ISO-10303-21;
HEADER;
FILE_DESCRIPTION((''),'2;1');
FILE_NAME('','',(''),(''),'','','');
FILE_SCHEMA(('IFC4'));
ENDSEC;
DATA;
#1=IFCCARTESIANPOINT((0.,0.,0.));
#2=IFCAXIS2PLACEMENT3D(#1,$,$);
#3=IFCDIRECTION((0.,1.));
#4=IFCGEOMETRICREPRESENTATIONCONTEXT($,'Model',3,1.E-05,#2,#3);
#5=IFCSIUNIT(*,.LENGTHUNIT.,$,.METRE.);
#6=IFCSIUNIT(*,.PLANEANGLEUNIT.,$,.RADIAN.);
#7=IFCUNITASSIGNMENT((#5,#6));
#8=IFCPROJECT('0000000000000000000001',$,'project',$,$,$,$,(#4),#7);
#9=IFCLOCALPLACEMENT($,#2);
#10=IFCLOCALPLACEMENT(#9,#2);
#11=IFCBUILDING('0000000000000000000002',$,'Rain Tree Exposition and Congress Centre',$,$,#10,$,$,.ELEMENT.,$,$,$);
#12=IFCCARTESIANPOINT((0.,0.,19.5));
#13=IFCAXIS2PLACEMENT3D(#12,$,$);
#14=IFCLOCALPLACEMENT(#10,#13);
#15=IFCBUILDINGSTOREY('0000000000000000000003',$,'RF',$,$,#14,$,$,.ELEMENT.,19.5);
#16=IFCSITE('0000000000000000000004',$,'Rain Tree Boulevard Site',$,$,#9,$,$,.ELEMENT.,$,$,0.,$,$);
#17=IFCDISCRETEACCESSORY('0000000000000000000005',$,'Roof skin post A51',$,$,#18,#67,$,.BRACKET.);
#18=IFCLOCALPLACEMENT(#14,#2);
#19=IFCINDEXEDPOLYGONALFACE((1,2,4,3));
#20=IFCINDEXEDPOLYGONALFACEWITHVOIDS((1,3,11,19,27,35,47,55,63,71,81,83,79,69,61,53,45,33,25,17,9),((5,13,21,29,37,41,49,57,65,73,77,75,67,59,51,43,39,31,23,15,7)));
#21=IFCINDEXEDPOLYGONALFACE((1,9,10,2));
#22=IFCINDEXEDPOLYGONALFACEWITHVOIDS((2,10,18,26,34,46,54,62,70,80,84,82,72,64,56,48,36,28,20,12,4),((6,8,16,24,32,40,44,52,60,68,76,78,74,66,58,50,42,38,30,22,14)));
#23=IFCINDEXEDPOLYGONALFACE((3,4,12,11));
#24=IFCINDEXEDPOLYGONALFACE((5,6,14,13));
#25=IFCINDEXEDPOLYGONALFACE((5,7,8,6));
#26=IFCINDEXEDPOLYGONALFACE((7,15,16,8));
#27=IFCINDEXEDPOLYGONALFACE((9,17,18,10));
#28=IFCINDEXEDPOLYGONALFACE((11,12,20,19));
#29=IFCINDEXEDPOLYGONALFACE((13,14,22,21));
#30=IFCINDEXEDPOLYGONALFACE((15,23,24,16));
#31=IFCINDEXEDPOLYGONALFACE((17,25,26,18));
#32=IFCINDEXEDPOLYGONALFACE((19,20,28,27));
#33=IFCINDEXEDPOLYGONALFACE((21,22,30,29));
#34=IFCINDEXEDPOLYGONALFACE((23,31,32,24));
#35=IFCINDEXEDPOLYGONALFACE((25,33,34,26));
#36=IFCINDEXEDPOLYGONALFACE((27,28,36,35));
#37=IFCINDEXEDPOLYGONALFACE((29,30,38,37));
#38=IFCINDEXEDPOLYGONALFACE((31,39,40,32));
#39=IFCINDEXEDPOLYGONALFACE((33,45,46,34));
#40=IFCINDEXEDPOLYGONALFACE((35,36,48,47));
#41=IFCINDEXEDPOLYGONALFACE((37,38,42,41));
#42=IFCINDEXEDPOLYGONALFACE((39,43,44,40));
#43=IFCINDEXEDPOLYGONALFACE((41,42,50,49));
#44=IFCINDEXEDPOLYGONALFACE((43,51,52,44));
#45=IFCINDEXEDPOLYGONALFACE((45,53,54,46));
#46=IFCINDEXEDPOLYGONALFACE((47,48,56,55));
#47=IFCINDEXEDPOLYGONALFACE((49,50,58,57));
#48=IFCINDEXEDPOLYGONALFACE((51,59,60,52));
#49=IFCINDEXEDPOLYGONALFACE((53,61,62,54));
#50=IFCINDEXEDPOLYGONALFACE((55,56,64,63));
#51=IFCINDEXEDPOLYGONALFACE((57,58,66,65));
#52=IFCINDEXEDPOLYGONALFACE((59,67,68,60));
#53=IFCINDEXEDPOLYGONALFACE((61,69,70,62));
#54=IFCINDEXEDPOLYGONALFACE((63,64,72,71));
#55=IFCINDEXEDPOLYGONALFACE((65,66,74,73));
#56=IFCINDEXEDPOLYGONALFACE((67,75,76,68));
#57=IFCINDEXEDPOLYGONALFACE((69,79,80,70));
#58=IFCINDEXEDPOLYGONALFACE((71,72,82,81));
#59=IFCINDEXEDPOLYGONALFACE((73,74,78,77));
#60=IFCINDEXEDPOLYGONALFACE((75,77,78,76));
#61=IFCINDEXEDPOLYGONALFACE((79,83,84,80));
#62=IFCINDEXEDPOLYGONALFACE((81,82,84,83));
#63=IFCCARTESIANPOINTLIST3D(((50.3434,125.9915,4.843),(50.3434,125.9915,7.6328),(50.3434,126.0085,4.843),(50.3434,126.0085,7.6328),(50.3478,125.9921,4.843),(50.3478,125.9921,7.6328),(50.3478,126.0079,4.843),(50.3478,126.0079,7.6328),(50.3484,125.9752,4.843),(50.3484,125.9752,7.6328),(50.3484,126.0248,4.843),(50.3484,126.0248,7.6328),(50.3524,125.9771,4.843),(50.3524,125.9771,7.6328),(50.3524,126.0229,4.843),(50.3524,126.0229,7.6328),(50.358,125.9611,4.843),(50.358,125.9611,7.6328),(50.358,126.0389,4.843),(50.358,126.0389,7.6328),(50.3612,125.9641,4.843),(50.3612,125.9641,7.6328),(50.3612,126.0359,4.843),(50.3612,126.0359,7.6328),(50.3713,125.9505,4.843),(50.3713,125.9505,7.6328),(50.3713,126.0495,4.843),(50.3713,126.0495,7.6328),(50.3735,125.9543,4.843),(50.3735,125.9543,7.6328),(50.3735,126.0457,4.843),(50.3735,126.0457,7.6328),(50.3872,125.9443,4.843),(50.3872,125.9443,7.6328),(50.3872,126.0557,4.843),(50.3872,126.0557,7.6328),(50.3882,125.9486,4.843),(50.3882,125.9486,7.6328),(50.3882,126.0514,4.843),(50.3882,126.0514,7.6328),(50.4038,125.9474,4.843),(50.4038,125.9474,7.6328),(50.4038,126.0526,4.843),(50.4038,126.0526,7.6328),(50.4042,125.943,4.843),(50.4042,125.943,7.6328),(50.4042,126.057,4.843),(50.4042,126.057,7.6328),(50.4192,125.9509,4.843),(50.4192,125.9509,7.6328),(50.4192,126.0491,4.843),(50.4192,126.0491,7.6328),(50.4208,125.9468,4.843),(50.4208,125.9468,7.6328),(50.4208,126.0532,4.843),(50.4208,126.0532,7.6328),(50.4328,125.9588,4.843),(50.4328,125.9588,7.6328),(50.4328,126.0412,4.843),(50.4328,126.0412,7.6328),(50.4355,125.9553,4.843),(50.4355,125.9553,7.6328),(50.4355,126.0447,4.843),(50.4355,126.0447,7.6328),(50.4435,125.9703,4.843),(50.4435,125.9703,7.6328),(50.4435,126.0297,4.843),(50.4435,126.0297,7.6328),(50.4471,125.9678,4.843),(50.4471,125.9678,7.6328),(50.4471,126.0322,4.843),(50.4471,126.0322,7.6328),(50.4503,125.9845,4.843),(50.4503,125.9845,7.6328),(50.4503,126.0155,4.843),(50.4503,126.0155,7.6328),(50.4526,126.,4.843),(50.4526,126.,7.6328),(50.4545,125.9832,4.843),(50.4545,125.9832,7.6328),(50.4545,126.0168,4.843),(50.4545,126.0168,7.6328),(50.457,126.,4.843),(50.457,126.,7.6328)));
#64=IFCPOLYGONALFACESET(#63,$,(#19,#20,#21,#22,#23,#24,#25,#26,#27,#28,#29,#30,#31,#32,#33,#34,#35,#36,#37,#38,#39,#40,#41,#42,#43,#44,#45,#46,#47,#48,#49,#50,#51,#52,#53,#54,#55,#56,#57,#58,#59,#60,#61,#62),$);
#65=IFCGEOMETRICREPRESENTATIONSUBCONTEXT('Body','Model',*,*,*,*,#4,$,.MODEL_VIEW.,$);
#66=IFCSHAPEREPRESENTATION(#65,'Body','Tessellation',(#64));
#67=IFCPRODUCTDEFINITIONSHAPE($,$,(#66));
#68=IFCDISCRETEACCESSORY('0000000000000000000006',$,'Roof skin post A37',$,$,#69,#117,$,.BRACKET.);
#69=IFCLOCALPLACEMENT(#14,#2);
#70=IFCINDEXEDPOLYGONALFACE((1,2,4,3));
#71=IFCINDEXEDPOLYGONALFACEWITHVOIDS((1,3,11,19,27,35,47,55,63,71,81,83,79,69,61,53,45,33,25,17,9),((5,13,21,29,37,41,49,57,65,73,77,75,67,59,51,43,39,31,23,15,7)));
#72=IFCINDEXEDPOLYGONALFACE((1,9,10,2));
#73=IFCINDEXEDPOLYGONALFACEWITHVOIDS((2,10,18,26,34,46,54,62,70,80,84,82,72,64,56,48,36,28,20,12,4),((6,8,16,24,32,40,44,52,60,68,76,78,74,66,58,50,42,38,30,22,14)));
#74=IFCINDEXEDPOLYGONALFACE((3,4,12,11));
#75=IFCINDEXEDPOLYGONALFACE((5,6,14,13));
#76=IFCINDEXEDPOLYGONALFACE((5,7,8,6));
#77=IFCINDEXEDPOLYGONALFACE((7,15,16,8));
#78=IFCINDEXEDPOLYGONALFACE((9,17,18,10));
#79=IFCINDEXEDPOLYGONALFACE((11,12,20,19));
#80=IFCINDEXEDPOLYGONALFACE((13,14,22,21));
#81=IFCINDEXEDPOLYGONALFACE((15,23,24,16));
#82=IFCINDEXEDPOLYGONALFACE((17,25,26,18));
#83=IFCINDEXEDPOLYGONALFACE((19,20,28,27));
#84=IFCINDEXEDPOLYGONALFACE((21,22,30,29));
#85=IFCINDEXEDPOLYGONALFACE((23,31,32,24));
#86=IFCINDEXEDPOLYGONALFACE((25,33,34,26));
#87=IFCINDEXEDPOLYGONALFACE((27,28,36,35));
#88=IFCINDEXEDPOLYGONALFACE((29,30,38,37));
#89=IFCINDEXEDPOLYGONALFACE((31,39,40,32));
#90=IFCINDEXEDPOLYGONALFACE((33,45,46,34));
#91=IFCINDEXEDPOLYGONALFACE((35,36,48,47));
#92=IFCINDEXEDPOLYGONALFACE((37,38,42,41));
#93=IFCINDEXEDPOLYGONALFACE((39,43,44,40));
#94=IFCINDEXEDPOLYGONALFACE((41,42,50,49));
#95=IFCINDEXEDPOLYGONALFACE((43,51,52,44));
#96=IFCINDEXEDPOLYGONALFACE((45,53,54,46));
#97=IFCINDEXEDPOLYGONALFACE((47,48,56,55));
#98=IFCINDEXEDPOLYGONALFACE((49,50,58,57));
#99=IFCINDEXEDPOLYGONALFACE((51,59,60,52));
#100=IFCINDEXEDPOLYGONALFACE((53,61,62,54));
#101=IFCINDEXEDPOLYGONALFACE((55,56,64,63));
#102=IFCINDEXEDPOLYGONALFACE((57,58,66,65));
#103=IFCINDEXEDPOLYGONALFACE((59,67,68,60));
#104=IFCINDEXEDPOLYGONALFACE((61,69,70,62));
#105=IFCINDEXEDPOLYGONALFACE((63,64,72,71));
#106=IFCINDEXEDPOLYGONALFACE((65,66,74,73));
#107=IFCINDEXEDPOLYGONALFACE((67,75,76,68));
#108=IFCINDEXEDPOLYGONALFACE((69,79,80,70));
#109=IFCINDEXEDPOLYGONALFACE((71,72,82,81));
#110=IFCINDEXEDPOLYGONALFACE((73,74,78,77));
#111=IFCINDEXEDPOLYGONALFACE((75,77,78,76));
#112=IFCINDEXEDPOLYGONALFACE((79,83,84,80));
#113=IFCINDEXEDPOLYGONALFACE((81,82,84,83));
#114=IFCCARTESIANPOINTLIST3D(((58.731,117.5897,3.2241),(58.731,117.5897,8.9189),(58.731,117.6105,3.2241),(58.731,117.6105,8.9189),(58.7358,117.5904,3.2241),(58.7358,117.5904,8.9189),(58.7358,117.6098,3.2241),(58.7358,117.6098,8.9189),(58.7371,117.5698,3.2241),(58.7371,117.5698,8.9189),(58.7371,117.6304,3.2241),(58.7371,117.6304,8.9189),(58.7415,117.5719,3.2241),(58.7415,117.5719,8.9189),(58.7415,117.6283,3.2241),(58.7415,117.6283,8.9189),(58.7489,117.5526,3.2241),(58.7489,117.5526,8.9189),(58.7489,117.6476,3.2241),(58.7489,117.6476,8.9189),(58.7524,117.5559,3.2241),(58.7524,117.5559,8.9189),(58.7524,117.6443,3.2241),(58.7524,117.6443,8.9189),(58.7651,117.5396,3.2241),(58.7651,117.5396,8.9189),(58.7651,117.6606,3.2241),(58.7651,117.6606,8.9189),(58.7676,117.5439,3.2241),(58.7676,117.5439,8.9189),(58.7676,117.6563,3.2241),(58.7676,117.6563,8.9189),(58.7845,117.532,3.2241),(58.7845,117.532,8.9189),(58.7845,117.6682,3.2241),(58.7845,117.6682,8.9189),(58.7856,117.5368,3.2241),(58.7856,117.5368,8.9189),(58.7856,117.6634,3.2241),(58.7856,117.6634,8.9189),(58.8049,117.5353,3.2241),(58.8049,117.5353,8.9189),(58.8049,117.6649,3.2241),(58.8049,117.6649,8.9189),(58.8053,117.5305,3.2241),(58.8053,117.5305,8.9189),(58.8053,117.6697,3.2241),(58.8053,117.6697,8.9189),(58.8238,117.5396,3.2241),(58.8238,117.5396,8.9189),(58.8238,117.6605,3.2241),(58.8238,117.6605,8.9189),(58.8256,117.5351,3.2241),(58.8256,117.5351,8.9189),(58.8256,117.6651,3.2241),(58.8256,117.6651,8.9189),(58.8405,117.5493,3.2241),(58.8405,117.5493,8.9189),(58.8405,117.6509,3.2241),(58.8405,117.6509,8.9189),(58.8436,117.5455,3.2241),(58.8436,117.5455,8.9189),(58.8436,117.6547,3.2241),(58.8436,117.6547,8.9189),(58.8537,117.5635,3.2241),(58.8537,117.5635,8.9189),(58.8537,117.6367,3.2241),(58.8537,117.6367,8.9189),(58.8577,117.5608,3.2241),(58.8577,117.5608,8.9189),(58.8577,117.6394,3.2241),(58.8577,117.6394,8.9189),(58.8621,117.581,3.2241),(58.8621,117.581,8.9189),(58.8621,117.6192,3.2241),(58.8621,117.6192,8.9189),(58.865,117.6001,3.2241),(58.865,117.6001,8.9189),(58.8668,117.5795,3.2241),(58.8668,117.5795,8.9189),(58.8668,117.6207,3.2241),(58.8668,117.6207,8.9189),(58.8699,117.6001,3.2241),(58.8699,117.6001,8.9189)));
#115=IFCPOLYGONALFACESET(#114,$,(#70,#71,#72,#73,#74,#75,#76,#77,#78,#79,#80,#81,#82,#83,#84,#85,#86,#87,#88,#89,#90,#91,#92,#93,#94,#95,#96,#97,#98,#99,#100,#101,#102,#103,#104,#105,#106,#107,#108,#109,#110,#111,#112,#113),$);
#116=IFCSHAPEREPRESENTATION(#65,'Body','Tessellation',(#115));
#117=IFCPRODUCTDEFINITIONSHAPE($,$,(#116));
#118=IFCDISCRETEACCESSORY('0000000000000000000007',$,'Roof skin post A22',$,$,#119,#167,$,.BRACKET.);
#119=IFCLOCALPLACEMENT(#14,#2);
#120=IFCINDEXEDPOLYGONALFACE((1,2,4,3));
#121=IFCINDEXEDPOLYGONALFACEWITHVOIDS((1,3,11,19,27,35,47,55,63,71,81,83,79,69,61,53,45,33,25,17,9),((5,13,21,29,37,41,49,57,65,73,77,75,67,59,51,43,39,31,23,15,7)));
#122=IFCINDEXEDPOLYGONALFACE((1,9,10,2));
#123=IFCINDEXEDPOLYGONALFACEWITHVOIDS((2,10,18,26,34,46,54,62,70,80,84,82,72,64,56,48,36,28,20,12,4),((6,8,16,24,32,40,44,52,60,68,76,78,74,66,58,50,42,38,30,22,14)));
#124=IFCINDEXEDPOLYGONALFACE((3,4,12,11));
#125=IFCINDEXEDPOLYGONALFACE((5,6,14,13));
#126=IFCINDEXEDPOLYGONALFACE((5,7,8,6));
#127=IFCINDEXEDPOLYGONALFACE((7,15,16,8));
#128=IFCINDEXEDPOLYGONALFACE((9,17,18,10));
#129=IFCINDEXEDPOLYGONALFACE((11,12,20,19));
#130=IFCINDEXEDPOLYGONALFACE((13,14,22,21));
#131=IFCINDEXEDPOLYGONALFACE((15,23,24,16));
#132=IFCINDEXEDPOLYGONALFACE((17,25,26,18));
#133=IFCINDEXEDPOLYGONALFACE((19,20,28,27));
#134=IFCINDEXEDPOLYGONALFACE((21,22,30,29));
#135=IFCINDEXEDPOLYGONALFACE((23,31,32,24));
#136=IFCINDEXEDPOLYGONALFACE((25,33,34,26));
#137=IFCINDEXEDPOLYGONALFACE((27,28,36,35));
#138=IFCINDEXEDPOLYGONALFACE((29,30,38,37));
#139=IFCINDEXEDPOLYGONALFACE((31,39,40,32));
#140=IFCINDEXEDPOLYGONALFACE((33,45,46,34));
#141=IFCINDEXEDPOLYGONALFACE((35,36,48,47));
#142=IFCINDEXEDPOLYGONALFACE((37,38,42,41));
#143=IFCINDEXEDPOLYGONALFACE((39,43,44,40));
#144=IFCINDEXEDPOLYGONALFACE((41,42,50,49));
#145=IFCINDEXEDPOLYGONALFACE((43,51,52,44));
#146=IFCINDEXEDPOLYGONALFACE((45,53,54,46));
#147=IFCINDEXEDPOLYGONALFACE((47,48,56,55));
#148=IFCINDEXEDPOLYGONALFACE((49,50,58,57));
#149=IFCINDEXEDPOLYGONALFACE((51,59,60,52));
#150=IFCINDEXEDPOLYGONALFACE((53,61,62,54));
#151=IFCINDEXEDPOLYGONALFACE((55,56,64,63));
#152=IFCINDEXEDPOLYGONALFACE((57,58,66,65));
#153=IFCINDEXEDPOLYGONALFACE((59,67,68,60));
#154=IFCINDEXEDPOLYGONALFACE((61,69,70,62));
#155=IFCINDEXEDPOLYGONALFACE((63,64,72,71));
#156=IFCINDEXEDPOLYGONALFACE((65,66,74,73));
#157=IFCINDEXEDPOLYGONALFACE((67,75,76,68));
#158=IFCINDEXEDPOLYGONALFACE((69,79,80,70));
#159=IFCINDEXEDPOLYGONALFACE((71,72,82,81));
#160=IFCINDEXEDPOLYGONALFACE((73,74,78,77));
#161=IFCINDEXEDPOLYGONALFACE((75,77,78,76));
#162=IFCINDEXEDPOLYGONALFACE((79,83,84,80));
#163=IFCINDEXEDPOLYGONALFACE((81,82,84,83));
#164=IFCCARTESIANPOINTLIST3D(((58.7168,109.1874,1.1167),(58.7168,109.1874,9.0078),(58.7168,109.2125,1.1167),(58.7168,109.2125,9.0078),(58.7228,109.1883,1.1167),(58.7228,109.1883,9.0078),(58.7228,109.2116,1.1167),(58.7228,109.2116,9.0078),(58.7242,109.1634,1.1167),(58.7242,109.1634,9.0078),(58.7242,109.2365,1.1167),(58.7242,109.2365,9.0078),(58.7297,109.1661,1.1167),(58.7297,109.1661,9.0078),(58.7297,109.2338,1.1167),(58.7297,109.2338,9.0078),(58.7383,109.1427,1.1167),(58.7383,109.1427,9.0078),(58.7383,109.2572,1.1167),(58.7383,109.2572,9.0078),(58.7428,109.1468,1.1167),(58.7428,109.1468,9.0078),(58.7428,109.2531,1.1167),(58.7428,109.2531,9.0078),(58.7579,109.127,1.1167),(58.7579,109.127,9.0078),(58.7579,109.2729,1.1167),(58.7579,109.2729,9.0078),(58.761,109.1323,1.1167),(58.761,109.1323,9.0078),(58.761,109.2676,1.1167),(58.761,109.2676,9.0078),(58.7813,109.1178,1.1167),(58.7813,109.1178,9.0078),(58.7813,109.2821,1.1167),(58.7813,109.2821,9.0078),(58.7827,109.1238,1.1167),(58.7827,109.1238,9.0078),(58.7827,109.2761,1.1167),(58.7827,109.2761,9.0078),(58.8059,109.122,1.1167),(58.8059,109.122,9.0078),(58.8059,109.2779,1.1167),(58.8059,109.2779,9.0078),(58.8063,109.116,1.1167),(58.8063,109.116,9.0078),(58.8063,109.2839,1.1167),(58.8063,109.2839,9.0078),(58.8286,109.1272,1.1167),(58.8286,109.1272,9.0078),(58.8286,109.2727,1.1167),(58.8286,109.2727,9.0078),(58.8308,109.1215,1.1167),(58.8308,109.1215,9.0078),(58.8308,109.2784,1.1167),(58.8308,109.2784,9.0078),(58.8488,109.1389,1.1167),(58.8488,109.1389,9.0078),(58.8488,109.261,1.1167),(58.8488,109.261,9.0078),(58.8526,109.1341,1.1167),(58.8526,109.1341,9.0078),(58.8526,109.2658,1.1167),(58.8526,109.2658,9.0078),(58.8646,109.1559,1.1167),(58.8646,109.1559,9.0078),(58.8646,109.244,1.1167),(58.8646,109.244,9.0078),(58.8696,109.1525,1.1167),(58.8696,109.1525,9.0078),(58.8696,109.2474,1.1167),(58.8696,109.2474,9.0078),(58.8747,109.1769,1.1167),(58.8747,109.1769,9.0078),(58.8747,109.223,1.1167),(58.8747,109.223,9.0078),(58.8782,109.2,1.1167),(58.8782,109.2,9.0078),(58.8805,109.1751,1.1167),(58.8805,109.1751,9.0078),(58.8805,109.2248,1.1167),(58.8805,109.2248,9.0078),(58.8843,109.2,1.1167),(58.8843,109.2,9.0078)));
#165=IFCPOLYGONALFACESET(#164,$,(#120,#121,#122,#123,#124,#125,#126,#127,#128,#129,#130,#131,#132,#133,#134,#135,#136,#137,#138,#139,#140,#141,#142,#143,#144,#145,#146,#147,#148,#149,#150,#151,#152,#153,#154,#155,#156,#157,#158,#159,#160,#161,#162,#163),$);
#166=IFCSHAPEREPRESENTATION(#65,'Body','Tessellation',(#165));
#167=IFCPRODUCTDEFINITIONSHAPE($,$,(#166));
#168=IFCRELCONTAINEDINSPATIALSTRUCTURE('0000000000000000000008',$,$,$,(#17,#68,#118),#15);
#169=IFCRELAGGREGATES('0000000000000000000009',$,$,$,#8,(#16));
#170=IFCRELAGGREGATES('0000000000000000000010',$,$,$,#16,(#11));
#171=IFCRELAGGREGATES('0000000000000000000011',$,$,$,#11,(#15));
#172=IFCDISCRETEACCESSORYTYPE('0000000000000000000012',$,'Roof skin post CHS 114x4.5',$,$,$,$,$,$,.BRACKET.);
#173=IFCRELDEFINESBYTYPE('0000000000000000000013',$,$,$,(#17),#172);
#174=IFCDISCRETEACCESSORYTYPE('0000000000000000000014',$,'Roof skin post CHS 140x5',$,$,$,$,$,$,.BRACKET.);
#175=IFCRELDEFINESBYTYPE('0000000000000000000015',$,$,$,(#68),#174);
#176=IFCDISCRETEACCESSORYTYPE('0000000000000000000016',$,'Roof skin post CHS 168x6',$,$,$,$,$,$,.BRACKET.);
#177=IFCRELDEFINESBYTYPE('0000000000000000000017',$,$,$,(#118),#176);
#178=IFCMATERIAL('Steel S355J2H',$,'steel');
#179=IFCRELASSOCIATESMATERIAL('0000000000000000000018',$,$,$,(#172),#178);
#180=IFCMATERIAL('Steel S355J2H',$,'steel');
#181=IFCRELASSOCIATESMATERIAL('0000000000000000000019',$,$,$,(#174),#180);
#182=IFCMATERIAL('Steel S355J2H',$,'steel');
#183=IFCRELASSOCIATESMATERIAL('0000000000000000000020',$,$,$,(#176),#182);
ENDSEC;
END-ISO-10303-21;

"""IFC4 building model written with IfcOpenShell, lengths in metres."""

from ifc_helpers import new_model, si_unit, direction, frame, origin, origin_2d, place, context, subcontext, project, spatial, hollow_circle, extrude, material, material_profile, profile_set, type_object, element, save


model = new_model("IFC4")

# Units and contexts
model_context = context("Model", 3, precision=1e-05, world=origin(), true_north=direction((0.0, 1.0)))
body_context = subcontext(model_context, "Body", "Model", "MODEL_VIEW")
ifc_project = project(units=[si_unit("LENGTHUNIT", "METRE"), si_unit("PLANEANGLEUNIT", "RADIAN")], contexts=[model_context])

# Site, building, storey
site_placement = place(None, origin())
site = spatial("IfcSite", under=ifc_project, at=site_placement, Name="Rain Tree Boulevard Site", CompositionType="ELEMENT", RefElevation=0.0)
building_placement = place(site_placement, origin())
building = spatial("IfcBuilding", under=site, at=building_placement, Name="Rain Tree Exposition and Congress Centre", CompositionType="ELEMENT")
storey_placement = place(building_placement, frame((0.0, 0.0, 19.5)))
storey = spatial("IfcBuildingStorey", under=building, at=storey_placement, Name="RF", CompositionType="ELEMENT", Elevation=19.5)

# Discrete accessories
ifc_material_1 = material(Name="Steel S355J2H", Category="steel")
ifc_material_profile_1 = material_profile(ifc_material_1, hollow_circle(Radius=0.0571, WallThickness=0.0044, at=origin_2d()), Name="CHS 114x4.5")
ifc_profile_set_1 = profile_set([ifc_material_profile_1], Name="Steel S355J2H")
discrete_accessory_type_1 = type_object("IfcDiscreteAccessoryType", Name="Roof skin post CHS 114x4.5", PredefinedType="BRACKET", material=ifc_profile_set_1)
discrete_accessory_1_placement = place(storey_placement, frame((50.3999, 126.0, 4.843), z_axis=(0.0, 0.0, 1.0), x_axis=(1.0, 0.0, 0.0)))
element("IfcDiscreteAccessory", 1, at=discrete_accessory_1_placement, inside=storey, type_object=discrete_accessory_type_1, Name="Roof skin post A51", PredefinedType="BRACKET", context=body_context, shape_type="SweptSolid", body=[
    extrude(hollow_circle(Radius=0.0571, WallThickness=0.0044, at=origin_2d()), origin(), (0.0, 0.0, 1.0), 2.7898),
])
ifc_material_2 = material(Name="Steel S355J2H", Category="steel")
ifc_material_profile_2 = material_profile(ifc_material_2, hollow_circle(Radius=0.0698, WallThickness=0.0049, at=origin_2d()), Name="CHS 140x5")
ifc_profile_set_2 = profile_set([ifc_material_profile_2], Name="Steel S355J2H")
discrete_accessory_type_2 = type_object("IfcDiscreteAccessoryType", Name="Roof skin post CHS 140x5", PredefinedType="BRACKET", material=ifc_profile_set_2)
discrete_accessory_2_placement = place(storey_placement, frame((58.8, 117.6001, 3.2241), z_axis=(0.0, 0.0, 1.0), x_axis=(1.0, 0.0, 0.0)))
element("IfcDiscreteAccessory", 2, at=discrete_accessory_2_placement, inside=storey, type_object=discrete_accessory_type_2, Name="Roof skin post A37", PredefinedType="BRACKET", context=body_context, shape_type="SweptSolid", body=[
    extrude(hollow_circle(Radius=0.0698, WallThickness=0.0049, at=origin_2d()), origin(), (0.0, 0.0, 1.0), 5.6948),
])
ifc_material_3 = material(Name="Steel S355J2H", Category="steel")
ifc_material_profile_3 = material_profile(ifc_material_3, hollow_circle(Radius=0.0842, WallThickness=0.0061, at=origin_2d()), Name="CHS 168x6")
ifc_profile_set_3 = profile_set([ifc_material_profile_3], Name="Steel S355J2H")
discrete_accessory_type_3 = type_object("IfcDiscreteAccessoryType", Name="Roof skin post CHS 168x6", PredefinedType="BRACKET", material=ifc_profile_set_3)
discrete_accessory_3_placement = place(storey_placement, frame((58.8, 109.2, 1.1167), z_axis=(0.0, 0.0, 1.0), x_axis=(1.0, 0.0, 0.0)))
element("IfcDiscreteAccessory", 3, at=discrete_accessory_3_placement, inside=storey, type_object=discrete_accessory_type_3, Name="Roof skin post A22", PredefinedType="BRACKET", context=body_context, shape_type="SweptSolid", body=[
    extrude(hollow_circle(Radius=0.0842, WallThickness=0.0061, at=origin_2d()), origin(), (0.0, 0.0, 1.0), 7.8911),
])

save(model, "model.ifc")
